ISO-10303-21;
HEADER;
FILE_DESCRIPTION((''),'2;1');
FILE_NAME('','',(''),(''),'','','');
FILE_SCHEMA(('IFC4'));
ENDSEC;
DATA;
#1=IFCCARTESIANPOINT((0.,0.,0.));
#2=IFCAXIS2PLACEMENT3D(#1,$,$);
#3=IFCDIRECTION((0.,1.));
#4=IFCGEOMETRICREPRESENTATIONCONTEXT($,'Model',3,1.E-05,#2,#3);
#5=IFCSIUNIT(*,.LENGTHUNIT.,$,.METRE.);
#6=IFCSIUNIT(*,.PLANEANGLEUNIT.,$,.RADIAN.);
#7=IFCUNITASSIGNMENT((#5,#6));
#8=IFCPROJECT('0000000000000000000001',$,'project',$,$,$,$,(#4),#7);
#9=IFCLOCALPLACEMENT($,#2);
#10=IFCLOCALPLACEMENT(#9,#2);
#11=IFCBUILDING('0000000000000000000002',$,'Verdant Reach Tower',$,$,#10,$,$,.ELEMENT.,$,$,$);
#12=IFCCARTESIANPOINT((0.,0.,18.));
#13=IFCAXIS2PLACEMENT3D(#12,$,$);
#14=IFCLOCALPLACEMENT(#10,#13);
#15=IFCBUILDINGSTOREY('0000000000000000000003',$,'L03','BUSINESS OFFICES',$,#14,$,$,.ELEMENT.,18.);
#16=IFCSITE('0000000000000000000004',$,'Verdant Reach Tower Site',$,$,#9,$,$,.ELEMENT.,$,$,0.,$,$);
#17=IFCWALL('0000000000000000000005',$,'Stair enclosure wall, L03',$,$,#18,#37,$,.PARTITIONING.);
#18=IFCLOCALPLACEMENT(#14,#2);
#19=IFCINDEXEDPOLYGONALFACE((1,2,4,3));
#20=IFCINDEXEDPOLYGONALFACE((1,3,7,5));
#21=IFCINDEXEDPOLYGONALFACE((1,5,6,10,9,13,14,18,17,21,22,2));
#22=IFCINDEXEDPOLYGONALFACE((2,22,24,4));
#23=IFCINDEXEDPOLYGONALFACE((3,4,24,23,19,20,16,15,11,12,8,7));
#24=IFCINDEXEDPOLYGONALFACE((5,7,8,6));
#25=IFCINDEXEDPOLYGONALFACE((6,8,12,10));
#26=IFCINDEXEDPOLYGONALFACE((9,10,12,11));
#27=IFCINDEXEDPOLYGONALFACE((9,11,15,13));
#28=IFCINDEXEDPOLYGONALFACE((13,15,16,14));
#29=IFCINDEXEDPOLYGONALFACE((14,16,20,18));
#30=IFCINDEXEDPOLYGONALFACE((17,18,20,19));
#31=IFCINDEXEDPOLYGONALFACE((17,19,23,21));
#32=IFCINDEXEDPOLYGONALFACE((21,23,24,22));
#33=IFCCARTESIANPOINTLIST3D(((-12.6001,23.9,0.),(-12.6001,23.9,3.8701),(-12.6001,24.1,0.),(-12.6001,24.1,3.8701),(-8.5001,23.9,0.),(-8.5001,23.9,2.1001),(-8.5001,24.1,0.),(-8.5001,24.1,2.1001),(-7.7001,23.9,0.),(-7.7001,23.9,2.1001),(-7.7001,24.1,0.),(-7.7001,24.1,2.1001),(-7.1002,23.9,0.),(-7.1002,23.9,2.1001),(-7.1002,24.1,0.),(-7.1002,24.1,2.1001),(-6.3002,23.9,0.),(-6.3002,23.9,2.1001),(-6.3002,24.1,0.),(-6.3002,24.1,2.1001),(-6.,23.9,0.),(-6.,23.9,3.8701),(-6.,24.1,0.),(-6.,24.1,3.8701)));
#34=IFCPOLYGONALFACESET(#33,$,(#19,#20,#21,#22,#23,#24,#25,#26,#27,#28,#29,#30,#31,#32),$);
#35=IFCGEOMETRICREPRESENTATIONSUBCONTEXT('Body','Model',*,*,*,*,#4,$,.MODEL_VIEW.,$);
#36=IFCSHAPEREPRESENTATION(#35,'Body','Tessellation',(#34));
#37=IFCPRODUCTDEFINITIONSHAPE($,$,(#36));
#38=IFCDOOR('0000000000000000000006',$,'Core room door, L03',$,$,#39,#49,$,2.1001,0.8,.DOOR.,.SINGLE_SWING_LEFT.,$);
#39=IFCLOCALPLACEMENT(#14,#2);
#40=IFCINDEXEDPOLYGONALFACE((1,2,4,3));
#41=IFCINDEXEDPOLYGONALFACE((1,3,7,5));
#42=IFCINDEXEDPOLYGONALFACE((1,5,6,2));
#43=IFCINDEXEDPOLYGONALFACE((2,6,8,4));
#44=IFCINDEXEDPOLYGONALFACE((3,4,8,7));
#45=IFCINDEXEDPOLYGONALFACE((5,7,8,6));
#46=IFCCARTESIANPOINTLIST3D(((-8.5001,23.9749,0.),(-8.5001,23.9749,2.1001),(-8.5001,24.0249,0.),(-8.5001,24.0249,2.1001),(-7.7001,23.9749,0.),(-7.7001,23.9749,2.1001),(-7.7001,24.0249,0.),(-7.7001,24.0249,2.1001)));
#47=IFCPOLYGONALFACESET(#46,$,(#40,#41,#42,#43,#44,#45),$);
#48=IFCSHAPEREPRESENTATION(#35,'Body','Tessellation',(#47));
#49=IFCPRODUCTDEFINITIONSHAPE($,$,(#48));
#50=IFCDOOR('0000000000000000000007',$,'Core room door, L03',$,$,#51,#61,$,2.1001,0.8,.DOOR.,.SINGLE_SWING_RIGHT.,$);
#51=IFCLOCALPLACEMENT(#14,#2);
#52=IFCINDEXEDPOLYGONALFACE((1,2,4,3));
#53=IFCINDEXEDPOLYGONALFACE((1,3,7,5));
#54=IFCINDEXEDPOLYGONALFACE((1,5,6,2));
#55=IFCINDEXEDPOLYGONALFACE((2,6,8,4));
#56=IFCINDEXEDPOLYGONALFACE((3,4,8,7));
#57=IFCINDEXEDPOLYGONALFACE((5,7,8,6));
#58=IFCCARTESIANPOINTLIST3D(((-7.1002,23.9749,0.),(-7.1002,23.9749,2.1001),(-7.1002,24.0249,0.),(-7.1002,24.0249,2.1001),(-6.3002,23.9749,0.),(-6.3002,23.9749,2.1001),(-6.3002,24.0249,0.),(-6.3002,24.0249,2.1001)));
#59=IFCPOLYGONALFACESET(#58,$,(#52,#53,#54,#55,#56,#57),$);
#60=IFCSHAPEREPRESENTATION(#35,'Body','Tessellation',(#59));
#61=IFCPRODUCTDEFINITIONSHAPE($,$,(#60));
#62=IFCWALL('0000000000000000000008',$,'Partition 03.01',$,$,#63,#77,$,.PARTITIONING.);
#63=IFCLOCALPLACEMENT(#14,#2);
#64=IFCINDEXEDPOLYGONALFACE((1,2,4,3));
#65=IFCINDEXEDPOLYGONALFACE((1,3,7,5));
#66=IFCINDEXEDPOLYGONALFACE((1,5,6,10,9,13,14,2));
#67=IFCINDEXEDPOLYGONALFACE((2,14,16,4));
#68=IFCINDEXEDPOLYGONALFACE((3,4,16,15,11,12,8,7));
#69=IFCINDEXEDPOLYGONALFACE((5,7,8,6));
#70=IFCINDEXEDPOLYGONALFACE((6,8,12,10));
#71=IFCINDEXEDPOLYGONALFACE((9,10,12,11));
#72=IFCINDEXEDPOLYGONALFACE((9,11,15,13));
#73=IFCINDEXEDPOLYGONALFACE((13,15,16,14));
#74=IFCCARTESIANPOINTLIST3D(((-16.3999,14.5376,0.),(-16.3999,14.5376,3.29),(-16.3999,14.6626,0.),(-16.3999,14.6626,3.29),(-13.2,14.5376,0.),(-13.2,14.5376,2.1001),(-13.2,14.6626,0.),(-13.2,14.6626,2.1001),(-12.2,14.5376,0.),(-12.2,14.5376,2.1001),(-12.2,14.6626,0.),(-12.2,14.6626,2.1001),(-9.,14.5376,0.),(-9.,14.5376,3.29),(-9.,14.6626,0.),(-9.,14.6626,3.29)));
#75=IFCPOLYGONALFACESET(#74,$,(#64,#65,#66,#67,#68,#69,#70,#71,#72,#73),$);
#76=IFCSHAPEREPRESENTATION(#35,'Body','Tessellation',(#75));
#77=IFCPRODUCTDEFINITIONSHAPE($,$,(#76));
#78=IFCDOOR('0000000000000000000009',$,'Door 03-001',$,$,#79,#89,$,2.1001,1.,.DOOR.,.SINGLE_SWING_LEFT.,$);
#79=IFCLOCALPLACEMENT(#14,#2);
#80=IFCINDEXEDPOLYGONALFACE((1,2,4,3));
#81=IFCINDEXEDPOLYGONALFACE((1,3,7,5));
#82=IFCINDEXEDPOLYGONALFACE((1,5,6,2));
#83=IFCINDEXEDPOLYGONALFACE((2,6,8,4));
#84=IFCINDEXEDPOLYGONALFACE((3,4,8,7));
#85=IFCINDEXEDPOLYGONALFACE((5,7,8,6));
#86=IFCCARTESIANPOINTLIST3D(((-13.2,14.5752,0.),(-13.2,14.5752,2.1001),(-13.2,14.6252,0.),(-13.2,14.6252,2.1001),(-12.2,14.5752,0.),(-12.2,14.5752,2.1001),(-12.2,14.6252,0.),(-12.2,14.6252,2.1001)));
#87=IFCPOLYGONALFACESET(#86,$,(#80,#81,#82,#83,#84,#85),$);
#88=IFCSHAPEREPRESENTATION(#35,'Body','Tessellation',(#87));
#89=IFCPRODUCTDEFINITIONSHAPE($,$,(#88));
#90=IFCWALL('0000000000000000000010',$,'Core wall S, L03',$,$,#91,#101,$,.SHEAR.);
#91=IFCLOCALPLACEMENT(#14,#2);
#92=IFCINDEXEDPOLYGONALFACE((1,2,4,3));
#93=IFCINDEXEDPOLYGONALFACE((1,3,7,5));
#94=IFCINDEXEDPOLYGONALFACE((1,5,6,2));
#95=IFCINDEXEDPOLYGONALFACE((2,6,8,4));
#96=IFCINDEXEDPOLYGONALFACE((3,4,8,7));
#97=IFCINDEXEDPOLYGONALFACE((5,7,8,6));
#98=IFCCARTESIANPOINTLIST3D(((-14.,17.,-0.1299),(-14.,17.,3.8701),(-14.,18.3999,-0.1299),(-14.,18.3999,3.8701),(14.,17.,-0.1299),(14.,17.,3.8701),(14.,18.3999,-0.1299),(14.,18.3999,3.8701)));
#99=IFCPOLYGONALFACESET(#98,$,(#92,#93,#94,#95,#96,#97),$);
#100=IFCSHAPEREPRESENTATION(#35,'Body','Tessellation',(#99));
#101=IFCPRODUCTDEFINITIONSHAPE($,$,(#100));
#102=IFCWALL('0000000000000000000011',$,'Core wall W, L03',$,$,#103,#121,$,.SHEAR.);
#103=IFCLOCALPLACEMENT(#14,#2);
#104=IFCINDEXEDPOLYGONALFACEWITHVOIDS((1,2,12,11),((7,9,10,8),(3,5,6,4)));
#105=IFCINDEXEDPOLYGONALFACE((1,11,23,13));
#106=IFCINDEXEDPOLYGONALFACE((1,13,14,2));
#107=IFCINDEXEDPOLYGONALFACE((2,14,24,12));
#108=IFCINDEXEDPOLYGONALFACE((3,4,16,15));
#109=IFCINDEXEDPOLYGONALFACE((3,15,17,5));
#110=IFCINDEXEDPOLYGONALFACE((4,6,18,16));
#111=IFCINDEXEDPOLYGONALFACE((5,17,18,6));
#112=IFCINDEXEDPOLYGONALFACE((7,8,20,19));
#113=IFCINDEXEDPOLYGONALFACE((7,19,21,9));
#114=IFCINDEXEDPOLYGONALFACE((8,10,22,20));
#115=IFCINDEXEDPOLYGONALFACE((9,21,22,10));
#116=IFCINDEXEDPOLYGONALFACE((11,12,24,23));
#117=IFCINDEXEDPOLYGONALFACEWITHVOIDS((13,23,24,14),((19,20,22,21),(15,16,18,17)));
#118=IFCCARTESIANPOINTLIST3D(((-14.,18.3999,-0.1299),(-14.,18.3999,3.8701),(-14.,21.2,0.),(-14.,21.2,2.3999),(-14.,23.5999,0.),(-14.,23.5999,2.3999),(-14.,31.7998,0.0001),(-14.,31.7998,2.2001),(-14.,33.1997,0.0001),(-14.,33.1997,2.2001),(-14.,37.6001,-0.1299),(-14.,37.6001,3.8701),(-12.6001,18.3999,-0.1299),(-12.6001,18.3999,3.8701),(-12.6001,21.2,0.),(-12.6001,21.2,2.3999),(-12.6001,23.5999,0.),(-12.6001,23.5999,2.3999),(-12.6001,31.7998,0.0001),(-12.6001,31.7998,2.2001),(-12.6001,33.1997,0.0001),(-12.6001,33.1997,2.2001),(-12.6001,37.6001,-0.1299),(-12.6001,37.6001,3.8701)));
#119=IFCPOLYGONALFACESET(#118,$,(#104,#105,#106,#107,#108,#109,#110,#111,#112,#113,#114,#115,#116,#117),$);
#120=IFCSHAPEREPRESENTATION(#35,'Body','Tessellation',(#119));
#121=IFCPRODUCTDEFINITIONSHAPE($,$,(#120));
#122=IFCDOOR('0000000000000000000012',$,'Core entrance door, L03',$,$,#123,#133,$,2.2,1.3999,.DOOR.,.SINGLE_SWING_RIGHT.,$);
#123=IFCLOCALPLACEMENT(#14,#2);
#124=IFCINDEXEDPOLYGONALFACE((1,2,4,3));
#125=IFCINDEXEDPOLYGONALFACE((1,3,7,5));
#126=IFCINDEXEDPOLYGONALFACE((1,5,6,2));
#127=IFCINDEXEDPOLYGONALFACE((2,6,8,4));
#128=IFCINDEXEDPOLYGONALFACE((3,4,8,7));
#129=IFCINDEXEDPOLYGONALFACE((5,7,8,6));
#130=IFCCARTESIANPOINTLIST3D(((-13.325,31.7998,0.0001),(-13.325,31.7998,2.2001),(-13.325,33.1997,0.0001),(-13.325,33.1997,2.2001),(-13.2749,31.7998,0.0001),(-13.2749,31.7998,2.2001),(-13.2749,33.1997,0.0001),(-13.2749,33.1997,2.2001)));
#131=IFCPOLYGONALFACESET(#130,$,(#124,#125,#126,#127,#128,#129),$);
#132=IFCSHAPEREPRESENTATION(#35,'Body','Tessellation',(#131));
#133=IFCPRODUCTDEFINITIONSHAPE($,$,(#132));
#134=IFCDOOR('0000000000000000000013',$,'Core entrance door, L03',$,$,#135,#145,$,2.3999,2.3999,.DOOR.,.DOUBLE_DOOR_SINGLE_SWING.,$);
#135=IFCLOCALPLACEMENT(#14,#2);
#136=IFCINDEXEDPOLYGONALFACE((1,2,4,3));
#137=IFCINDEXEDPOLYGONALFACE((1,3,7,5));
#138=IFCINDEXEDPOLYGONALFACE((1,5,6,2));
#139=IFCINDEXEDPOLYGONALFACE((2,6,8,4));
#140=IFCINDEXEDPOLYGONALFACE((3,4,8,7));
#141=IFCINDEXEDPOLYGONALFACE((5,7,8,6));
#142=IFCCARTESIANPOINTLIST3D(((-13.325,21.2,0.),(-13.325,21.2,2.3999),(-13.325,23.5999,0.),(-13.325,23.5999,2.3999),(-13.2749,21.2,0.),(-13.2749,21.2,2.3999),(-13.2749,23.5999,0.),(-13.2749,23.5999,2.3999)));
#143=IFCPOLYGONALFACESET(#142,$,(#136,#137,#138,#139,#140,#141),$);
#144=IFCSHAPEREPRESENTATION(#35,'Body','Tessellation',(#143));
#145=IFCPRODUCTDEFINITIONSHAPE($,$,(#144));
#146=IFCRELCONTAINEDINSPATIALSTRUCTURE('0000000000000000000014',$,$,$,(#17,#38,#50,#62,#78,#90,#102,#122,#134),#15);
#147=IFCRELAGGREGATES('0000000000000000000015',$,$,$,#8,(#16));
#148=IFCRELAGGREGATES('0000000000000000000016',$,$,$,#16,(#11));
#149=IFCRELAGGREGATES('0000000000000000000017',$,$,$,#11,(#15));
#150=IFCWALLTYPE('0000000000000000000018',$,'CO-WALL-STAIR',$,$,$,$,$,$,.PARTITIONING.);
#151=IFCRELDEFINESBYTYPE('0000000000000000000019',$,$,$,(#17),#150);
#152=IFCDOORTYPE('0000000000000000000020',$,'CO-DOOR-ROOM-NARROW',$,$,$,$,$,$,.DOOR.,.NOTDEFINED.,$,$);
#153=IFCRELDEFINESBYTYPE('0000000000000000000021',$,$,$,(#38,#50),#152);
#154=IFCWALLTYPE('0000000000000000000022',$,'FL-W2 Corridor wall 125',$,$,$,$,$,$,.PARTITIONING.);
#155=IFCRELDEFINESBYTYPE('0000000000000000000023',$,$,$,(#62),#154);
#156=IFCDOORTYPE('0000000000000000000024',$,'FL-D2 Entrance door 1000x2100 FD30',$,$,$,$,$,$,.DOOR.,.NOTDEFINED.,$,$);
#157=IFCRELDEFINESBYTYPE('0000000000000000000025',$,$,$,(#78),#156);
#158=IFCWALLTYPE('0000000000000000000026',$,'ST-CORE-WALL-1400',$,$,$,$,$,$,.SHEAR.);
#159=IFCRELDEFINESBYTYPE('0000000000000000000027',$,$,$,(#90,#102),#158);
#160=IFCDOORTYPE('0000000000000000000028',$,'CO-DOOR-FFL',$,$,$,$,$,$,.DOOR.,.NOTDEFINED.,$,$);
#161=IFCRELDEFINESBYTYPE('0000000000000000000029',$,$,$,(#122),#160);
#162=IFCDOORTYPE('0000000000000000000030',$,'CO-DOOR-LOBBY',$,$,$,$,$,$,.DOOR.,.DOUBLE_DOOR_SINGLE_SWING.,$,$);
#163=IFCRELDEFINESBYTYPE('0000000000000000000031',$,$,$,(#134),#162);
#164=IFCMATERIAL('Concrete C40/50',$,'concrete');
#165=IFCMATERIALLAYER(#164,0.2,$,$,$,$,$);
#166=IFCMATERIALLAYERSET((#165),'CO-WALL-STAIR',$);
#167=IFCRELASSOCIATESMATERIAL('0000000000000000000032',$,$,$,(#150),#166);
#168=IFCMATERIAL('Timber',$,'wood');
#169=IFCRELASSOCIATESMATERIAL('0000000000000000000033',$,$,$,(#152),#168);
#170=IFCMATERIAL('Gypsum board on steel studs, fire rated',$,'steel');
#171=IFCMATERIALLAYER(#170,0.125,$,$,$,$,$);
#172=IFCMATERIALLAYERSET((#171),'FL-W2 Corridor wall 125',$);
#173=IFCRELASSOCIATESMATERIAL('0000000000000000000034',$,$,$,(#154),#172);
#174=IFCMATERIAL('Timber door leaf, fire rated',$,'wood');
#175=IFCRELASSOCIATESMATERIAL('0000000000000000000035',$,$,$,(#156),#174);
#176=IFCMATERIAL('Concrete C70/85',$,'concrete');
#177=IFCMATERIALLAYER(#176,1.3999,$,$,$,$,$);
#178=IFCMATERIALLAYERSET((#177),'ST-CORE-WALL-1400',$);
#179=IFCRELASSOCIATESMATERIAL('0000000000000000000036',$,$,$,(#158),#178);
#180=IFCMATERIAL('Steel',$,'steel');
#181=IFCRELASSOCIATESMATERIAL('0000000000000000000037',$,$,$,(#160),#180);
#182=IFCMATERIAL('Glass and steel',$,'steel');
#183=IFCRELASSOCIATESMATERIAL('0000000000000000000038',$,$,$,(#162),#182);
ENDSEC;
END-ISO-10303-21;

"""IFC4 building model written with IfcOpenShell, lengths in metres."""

from ifc_helpers import new_model, si_unit, direction, frame, frame_2d, origin, place, context, subcontext, project, spatial, rectangle, extrude, material, layer, layer_set, type_object, element, fill, save


model = new_model("IFC4")

# Units and contexts
model_context = context("Model", 3, precision=1e-05, world=origin(), true_north=direction((0.0, 1.0)))
body_context = subcontext(model_context, "Body", "Model", "MODEL_VIEW")
ifc_project = project(units=[si_unit("LENGTHUNIT", "METRE"), si_unit("PLANEANGLEUNIT", "RADIAN")], contexts=[model_context])

# Site, building, storey
site_placement = place(None, origin())
site = spatial("IfcSite", under=ifc_project, at=site_placement, Name="Verdant Reach Tower Site", CompositionType="ELEMENT", RefElevation=0.0)
building_placement = place(site_placement, origin())
building = spatial("IfcBuilding", under=site, at=building_placement, Name="Verdant Reach Tower", CompositionType="ELEMENT")
storey_placement = place(building_placement, frame((0.0, 0.0, 18.0)))
storey = spatial("IfcBuildingStorey", under=building, at=storey_placement, Name="L03", Description="BUSINESS OFFICES", CompositionType="ELEMENT", Elevation=18.0)

# Shared definitions
ifc_material_1 = material(Name="Timber", Category="wood")

# Shared definitions
ifc_material_2 = material(Name="Concrete C40/50", Category="concrete")

# Wall, openings, doors
ifc_layer_1 = layer(ifc_material_2, 0.2)
ifc_layer_set_1 = layer_set([ifc_layer_1], Name="CO-WALL-STAIR")
wall_type_1 = type_object("IfcWallType", Name="CO-WALL-STAIR", PredefinedType="PARTITIONING", material=ifc_layer_set_1)
wall_1_placement = place(storey_placement, frame((-12.6001, 24.0, 0.0), z_axis=(0.0, 0.0, 1.0), x_axis=(1.0, 0.0, 0.0)))
wall_1 = element("IfcWall", 1, at=wall_1_placement, inside=storey, type_object=wall_type_1, Name="Stair enclosure wall, L03", PredefinedType="PARTITIONING", context=body_context, shape_type="SweptSolid", body=[
    extrude(rectangle(XDim=6.6001, YDim=0.2, at=frame_2d((3.3, 0.0))), origin(), (0.0, 0.0, 1.0), 3.8701),
])
opening_1_placement = place(wall_1_placement, frame((4.1001, 0.0, 0.0)))
opening_1 = element("IfcOpeningElement", 2, at=opening_1_placement, cuts=wall_1, PredefinedType="OPENING", context=body_context, shape_type="SweptSolid", body=[
    extrude(rectangle(XDim=0.8, YDim=2.1001, at=frame_2d((0.3999, 1.05))), frame((0.0, 0.1099, 0.0), z_axis=(0.0, -1.0, 0.0), x_axis=(1.0, 0.0, 0.0)), (0.0, 0.0, 1.0), 0.22),
])
opening_2_placement = place(wall_1_placement, frame((5.5, 0.0, 0.0)))
opening_2 = element("IfcOpeningElement", 3, at=opening_2_placement, cuts=wall_1, PredefinedType="OPENING", context=body_context, shape_type="SweptSolid", body=[
    extrude(rectangle(XDim=0.8, YDim=2.1001, at=frame_2d((0.3999, 1.05))), frame((0.0, 0.1099, 0.0), z_axis=(0.0, -1.0, 0.0), x_axis=(1.0, 0.0, 0.0)), (0.0, 0.0, 1.0), 0.22),
])
door_type_1 = type_object("IfcDoorType", Name="CO-DOOR-ROOM-NARROW", OperationType="NOTDEFINED", PredefinedType="DOOR", material=ifc_material_1)
door_1_placement = place(opening_1_placement, origin())
door_1 = element("IfcDoor", 4, at=door_1_placement, inside=storey, type_object=door_type_1, Name="Core room door, L03", OperationType="SINGLE_SWING_LEFT", OverallHeight=2.1001, OverallWidth=0.8, PredefinedType="DOOR", context=body_context, shape_type="SweptSolid", body=[
    extrude(rectangle(XDim=0.8, YDim=2.1001, at=frame_2d((0.3999, 1.05))), frame((0.0, 0.0249, 0.0), z_axis=(0.0, -1.0, 0.0), x_axis=(1.0, 0.0, 0.0)), (0.0, 0.0, 1.0), 0.05),
])
fill(opening_1, door_1)
door_2_placement = place(opening_2_placement, origin())
door_2 = element("IfcDoor", 5, at=door_2_placement, inside=storey, type_object=door_type_1, Name="Core room door, L03", OperationType="SINGLE_SWING_RIGHT", OverallHeight=2.1001, OverallWidth=0.8, PredefinedType="DOOR", context=body_context, shape_type="SweptSolid", body=[
    extrude(rectangle(XDim=0.8, YDim=2.1001, at=frame_2d((0.3999, 1.05))), frame((0.0, 0.0249, 0.0), z_axis=(0.0, -1.0, 0.0), x_axis=(1.0, 0.0, 0.0)), (0.0, 0.0, 1.0), 0.05),
])
fill(opening_2, door_2)

# Wall, opening, door
ifc_material_3 = material(Name="Gypsum board on steel studs, fire rated", Category="steel")
ifc_layer_2 = layer(ifc_material_3, 0.125)
ifc_layer_set_2 = layer_set([ifc_layer_2], Name="FL-W2 Corridor wall 125")
wall_type_2 = type_object("IfcWallType", Name="FL-W2 Corridor wall 125", PredefinedType="PARTITIONING", material=ifc_layer_set_2)
wall_2_placement = place(storey_placement, frame((-9.0, 14.6001, 0.0), z_axis=(0.0, 0.0, 1.0), x_axis=(-1.0, 0.0, 0.0)))
wall_2 = element("IfcWall", 6, at=wall_2_placement, inside=storey, type_object=wall_type_2, Name="Partition 03.01", PredefinedType="PARTITIONING", context=body_context, shape_type="SweptSolid", body=[
    extrude(rectangle(XDim=7.3999, YDim=0.125, at=frame_2d((3.7, 0.0))), origin(), (0.0, 0.0, 1.0), 3.29),
])
opening_3_placement = place(wall_2_placement, frame((3.2, 0.0, 0.0)))
opening_3 = element("IfcOpeningElement", 7, at=opening_3_placement, cuts=wall_2, PredefinedType="OPENING", context=body_context, shape_type="SweptSolid", body=[
    extrude(rectangle(XDim=1.0, YDim=2.1001, at=frame_2d((0.5, 1.05))), frame((0.0, 0.0725, 0.0), z_axis=(0.0, -1.0, 0.0), x_axis=(1.0, 0.0, 0.0)), (0.0, 0.0, 1.0), 0.145),
])
ifc_material_4 = material(Name="Timber door leaf, fire rated", Category="wood")
door_type_2 = type_object("IfcDoorType", Name="FL-D2 Entrance door 1000x2100 FD30", OperationType="NOTDEFINED", PredefinedType="DOOR", material=ifc_material_4)
door_3_placement = place(opening_3_placement, origin())
door_3 = element("IfcDoor", 8, at=door_3_placement, inside=storey, type_object=door_type_2, Name="Door 03-001", OperationType="SINGLE_SWING_LEFT", OverallHeight=2.1001, OverallWidth=1.0, PredefinedType="DOOR", context=body_context, shape_type="SweptSolid", body=[
    extrude(rectangle(XDim=1.0, YDim=2.1001, at=frame_2d((0.5, 1.05))), frame((0.0, 0.0249, 0.0), z_axis=(0.0, -1.0, 0.0), x_axis=(1.0, 0.0, 0.0)), (0.0, 0.0, 1.0), 0.05),
])
fill(opening_3, door_3)

# Wall
ifc_material_5 = material(Name="Concrete C70/85", Category="concrete")
ifc_layer_3 = layer(ifc_material_5, 1.3999)
ifc_layer_set_3 = layer_set([ifc_layer_3], Name="ST-CORE-WALL-1400")
wall_type_3 = type_object("IfcWallType", Name="ST-CORE-WALL-1400", PredefinedType="SHEAR", material=ifc_layer_set_3)
wall_3_placement = place(storey_placement, frame((-14.0, 17.7, -0.1299), z_axis=(0.0, 0.0, 1.0), x_axis=(1.0, 0.0, 0.0)))
element("IfcWall", 9, at=wall_3_placement, inside=storey, type_object=wall_type_3, Name="Core wall S, L03", PredefinedType="SHEAR", context=body_context, shape_type="SweptSolid", body=[
    extrude(rectangle(XDim=28.0, YDim=1.3999, at=frame_2d((14.0, 0.0))), origin(), (0.0, 0.0, 1.0), 4.0),
])

# Wall, openings, doors
wall_4_placement = place(storey_placement, frame((-13.3, 18.3999, -0.1299), z_axis=(0.0, 0.0, 1.0), x_axis=(0.0, 1.0, 0.0)))
wall_4 = element("IfcWall", 10, at=wall_4_placement, inside=storey, type_object=wall_type_3, Name="Core wall W, L03", PredefinedType="SHEAR", context=body_context, shape_type="SweptSolid", body=[
    extrude(rectangle(XDim=19.2002, YDim=1.3999, at=frame_2d((9.6001, 0.0))), origin(), (0.0, 0.0, 1.0), 4.0),
])
opening_4_placement = place(wall_4_placement, frame((2.8, 0.0, 0.1299)))
opening_4 = element("IfcOpeningElement", 11, at=opening_4_placement, cuts=wall_4, PredefinedType="OPENING", context=body_context, shape_type="SweptSolid", body=[
    extrude(rectangle(XDim=2.3999, YDim=2.3999, at=frame_2d((1.2, 1.2))), frame((0.0, 0.71, 0.0), z_axis=(0.0, -1.0, 0.0), x_axis=(1.0, 0.0, 0.0)), (0.0, 0.0, 1.0), 1.4199),
])
opening_5_placement = place(wall_4_placement, frame((13.3999, 0.0, 0.1299)))
opening_5 = element("IfcOpeningElement", 12, at=opening_5_placement, cuts=wall_4, PredefinedType="OPENING", context=body_context, shape_type="SweptSolid", body=[
    extrude(rectangle(XDim=1.3999, YDim=2.2, at=frame_2d((0.7, 1.1001))), frame((0.0, 0.71, 0.0), z_axis=(0.0, -1.0, 0.0), x_axis=(1.0, 0.0, 0.0)), (0.0, 0.0, 1.0), 1.4199),
])
ifc_material_6 = material(Name="Steel", Category="steel")
door_type_3 = type_object("IfcDoorType", Name="CO-DOOR-FFL", OperationType="NOTDEFINED", PredefinedType="DOOR", material=ifc_material_6)
door_4_placement = place(opening_5_placement, origin())
door_4 = element("IfcDoor", 13, at=door_4_placement, inside=storey, type_object=door_type_3, Name="Core entrance door, L03", OperationType="SINGLE_SWING_RIGHT", OverallHeight=2.2, OverallWidth=1.3999, PredefinedType="DOOR", context=body_context, shape_type="SweptSolid", body=[
    extrude(rectangle(XDim=1.3999, YDim=2.2, at=frame_2d((0.7, 1.1001))), frame((0.0, 0.0249, 0.0), z_axis=(0.0, -1.0, 0.0), x_axis=(1.0, 0.0, 0.0)), (0.0, 0.0, 1.0), 0.05),
])
fill(opening_5, door_4)
ifc_material_7 = material(Name="Glass and steel", Category="steel")
door_type_4 = type_object("IfcDoorType", Name="CO-DOOR-LOBBY", OperationType="DOUBLE_DOOR_SINGLE_SWING", PredefinedType="DOOR", material=ifc_material_7)
door_5_placement = place(opening_4_placement, origin())
door_5 = element("IfcDoor", 14, at=door_5_placement, inside=storey, type_object=door_type_4, Name="Core entrance door, L03", OperationType="DOUBLE_DOOR_SINGLE_SWING", OverallHeight=2.3999, OverallWidth=2.3999, PredefinedType="DOOR", context=body_context, shape_type="SweptSolid", body=[
    extrude(rectangle(XDim=2.3999, YDim=2.3999, at=frame_2d((1.2, 1.2))), frame((0.0, 0.0249, 0.0), z_axis=(0.0, -1.0, 0.0), x_axis=(1.0, 0.0, 0.0)), (0.0, 0.0, 1.0), 0.05),
])
fill(opening_4, door_5)

save(model, "model.ifc")
